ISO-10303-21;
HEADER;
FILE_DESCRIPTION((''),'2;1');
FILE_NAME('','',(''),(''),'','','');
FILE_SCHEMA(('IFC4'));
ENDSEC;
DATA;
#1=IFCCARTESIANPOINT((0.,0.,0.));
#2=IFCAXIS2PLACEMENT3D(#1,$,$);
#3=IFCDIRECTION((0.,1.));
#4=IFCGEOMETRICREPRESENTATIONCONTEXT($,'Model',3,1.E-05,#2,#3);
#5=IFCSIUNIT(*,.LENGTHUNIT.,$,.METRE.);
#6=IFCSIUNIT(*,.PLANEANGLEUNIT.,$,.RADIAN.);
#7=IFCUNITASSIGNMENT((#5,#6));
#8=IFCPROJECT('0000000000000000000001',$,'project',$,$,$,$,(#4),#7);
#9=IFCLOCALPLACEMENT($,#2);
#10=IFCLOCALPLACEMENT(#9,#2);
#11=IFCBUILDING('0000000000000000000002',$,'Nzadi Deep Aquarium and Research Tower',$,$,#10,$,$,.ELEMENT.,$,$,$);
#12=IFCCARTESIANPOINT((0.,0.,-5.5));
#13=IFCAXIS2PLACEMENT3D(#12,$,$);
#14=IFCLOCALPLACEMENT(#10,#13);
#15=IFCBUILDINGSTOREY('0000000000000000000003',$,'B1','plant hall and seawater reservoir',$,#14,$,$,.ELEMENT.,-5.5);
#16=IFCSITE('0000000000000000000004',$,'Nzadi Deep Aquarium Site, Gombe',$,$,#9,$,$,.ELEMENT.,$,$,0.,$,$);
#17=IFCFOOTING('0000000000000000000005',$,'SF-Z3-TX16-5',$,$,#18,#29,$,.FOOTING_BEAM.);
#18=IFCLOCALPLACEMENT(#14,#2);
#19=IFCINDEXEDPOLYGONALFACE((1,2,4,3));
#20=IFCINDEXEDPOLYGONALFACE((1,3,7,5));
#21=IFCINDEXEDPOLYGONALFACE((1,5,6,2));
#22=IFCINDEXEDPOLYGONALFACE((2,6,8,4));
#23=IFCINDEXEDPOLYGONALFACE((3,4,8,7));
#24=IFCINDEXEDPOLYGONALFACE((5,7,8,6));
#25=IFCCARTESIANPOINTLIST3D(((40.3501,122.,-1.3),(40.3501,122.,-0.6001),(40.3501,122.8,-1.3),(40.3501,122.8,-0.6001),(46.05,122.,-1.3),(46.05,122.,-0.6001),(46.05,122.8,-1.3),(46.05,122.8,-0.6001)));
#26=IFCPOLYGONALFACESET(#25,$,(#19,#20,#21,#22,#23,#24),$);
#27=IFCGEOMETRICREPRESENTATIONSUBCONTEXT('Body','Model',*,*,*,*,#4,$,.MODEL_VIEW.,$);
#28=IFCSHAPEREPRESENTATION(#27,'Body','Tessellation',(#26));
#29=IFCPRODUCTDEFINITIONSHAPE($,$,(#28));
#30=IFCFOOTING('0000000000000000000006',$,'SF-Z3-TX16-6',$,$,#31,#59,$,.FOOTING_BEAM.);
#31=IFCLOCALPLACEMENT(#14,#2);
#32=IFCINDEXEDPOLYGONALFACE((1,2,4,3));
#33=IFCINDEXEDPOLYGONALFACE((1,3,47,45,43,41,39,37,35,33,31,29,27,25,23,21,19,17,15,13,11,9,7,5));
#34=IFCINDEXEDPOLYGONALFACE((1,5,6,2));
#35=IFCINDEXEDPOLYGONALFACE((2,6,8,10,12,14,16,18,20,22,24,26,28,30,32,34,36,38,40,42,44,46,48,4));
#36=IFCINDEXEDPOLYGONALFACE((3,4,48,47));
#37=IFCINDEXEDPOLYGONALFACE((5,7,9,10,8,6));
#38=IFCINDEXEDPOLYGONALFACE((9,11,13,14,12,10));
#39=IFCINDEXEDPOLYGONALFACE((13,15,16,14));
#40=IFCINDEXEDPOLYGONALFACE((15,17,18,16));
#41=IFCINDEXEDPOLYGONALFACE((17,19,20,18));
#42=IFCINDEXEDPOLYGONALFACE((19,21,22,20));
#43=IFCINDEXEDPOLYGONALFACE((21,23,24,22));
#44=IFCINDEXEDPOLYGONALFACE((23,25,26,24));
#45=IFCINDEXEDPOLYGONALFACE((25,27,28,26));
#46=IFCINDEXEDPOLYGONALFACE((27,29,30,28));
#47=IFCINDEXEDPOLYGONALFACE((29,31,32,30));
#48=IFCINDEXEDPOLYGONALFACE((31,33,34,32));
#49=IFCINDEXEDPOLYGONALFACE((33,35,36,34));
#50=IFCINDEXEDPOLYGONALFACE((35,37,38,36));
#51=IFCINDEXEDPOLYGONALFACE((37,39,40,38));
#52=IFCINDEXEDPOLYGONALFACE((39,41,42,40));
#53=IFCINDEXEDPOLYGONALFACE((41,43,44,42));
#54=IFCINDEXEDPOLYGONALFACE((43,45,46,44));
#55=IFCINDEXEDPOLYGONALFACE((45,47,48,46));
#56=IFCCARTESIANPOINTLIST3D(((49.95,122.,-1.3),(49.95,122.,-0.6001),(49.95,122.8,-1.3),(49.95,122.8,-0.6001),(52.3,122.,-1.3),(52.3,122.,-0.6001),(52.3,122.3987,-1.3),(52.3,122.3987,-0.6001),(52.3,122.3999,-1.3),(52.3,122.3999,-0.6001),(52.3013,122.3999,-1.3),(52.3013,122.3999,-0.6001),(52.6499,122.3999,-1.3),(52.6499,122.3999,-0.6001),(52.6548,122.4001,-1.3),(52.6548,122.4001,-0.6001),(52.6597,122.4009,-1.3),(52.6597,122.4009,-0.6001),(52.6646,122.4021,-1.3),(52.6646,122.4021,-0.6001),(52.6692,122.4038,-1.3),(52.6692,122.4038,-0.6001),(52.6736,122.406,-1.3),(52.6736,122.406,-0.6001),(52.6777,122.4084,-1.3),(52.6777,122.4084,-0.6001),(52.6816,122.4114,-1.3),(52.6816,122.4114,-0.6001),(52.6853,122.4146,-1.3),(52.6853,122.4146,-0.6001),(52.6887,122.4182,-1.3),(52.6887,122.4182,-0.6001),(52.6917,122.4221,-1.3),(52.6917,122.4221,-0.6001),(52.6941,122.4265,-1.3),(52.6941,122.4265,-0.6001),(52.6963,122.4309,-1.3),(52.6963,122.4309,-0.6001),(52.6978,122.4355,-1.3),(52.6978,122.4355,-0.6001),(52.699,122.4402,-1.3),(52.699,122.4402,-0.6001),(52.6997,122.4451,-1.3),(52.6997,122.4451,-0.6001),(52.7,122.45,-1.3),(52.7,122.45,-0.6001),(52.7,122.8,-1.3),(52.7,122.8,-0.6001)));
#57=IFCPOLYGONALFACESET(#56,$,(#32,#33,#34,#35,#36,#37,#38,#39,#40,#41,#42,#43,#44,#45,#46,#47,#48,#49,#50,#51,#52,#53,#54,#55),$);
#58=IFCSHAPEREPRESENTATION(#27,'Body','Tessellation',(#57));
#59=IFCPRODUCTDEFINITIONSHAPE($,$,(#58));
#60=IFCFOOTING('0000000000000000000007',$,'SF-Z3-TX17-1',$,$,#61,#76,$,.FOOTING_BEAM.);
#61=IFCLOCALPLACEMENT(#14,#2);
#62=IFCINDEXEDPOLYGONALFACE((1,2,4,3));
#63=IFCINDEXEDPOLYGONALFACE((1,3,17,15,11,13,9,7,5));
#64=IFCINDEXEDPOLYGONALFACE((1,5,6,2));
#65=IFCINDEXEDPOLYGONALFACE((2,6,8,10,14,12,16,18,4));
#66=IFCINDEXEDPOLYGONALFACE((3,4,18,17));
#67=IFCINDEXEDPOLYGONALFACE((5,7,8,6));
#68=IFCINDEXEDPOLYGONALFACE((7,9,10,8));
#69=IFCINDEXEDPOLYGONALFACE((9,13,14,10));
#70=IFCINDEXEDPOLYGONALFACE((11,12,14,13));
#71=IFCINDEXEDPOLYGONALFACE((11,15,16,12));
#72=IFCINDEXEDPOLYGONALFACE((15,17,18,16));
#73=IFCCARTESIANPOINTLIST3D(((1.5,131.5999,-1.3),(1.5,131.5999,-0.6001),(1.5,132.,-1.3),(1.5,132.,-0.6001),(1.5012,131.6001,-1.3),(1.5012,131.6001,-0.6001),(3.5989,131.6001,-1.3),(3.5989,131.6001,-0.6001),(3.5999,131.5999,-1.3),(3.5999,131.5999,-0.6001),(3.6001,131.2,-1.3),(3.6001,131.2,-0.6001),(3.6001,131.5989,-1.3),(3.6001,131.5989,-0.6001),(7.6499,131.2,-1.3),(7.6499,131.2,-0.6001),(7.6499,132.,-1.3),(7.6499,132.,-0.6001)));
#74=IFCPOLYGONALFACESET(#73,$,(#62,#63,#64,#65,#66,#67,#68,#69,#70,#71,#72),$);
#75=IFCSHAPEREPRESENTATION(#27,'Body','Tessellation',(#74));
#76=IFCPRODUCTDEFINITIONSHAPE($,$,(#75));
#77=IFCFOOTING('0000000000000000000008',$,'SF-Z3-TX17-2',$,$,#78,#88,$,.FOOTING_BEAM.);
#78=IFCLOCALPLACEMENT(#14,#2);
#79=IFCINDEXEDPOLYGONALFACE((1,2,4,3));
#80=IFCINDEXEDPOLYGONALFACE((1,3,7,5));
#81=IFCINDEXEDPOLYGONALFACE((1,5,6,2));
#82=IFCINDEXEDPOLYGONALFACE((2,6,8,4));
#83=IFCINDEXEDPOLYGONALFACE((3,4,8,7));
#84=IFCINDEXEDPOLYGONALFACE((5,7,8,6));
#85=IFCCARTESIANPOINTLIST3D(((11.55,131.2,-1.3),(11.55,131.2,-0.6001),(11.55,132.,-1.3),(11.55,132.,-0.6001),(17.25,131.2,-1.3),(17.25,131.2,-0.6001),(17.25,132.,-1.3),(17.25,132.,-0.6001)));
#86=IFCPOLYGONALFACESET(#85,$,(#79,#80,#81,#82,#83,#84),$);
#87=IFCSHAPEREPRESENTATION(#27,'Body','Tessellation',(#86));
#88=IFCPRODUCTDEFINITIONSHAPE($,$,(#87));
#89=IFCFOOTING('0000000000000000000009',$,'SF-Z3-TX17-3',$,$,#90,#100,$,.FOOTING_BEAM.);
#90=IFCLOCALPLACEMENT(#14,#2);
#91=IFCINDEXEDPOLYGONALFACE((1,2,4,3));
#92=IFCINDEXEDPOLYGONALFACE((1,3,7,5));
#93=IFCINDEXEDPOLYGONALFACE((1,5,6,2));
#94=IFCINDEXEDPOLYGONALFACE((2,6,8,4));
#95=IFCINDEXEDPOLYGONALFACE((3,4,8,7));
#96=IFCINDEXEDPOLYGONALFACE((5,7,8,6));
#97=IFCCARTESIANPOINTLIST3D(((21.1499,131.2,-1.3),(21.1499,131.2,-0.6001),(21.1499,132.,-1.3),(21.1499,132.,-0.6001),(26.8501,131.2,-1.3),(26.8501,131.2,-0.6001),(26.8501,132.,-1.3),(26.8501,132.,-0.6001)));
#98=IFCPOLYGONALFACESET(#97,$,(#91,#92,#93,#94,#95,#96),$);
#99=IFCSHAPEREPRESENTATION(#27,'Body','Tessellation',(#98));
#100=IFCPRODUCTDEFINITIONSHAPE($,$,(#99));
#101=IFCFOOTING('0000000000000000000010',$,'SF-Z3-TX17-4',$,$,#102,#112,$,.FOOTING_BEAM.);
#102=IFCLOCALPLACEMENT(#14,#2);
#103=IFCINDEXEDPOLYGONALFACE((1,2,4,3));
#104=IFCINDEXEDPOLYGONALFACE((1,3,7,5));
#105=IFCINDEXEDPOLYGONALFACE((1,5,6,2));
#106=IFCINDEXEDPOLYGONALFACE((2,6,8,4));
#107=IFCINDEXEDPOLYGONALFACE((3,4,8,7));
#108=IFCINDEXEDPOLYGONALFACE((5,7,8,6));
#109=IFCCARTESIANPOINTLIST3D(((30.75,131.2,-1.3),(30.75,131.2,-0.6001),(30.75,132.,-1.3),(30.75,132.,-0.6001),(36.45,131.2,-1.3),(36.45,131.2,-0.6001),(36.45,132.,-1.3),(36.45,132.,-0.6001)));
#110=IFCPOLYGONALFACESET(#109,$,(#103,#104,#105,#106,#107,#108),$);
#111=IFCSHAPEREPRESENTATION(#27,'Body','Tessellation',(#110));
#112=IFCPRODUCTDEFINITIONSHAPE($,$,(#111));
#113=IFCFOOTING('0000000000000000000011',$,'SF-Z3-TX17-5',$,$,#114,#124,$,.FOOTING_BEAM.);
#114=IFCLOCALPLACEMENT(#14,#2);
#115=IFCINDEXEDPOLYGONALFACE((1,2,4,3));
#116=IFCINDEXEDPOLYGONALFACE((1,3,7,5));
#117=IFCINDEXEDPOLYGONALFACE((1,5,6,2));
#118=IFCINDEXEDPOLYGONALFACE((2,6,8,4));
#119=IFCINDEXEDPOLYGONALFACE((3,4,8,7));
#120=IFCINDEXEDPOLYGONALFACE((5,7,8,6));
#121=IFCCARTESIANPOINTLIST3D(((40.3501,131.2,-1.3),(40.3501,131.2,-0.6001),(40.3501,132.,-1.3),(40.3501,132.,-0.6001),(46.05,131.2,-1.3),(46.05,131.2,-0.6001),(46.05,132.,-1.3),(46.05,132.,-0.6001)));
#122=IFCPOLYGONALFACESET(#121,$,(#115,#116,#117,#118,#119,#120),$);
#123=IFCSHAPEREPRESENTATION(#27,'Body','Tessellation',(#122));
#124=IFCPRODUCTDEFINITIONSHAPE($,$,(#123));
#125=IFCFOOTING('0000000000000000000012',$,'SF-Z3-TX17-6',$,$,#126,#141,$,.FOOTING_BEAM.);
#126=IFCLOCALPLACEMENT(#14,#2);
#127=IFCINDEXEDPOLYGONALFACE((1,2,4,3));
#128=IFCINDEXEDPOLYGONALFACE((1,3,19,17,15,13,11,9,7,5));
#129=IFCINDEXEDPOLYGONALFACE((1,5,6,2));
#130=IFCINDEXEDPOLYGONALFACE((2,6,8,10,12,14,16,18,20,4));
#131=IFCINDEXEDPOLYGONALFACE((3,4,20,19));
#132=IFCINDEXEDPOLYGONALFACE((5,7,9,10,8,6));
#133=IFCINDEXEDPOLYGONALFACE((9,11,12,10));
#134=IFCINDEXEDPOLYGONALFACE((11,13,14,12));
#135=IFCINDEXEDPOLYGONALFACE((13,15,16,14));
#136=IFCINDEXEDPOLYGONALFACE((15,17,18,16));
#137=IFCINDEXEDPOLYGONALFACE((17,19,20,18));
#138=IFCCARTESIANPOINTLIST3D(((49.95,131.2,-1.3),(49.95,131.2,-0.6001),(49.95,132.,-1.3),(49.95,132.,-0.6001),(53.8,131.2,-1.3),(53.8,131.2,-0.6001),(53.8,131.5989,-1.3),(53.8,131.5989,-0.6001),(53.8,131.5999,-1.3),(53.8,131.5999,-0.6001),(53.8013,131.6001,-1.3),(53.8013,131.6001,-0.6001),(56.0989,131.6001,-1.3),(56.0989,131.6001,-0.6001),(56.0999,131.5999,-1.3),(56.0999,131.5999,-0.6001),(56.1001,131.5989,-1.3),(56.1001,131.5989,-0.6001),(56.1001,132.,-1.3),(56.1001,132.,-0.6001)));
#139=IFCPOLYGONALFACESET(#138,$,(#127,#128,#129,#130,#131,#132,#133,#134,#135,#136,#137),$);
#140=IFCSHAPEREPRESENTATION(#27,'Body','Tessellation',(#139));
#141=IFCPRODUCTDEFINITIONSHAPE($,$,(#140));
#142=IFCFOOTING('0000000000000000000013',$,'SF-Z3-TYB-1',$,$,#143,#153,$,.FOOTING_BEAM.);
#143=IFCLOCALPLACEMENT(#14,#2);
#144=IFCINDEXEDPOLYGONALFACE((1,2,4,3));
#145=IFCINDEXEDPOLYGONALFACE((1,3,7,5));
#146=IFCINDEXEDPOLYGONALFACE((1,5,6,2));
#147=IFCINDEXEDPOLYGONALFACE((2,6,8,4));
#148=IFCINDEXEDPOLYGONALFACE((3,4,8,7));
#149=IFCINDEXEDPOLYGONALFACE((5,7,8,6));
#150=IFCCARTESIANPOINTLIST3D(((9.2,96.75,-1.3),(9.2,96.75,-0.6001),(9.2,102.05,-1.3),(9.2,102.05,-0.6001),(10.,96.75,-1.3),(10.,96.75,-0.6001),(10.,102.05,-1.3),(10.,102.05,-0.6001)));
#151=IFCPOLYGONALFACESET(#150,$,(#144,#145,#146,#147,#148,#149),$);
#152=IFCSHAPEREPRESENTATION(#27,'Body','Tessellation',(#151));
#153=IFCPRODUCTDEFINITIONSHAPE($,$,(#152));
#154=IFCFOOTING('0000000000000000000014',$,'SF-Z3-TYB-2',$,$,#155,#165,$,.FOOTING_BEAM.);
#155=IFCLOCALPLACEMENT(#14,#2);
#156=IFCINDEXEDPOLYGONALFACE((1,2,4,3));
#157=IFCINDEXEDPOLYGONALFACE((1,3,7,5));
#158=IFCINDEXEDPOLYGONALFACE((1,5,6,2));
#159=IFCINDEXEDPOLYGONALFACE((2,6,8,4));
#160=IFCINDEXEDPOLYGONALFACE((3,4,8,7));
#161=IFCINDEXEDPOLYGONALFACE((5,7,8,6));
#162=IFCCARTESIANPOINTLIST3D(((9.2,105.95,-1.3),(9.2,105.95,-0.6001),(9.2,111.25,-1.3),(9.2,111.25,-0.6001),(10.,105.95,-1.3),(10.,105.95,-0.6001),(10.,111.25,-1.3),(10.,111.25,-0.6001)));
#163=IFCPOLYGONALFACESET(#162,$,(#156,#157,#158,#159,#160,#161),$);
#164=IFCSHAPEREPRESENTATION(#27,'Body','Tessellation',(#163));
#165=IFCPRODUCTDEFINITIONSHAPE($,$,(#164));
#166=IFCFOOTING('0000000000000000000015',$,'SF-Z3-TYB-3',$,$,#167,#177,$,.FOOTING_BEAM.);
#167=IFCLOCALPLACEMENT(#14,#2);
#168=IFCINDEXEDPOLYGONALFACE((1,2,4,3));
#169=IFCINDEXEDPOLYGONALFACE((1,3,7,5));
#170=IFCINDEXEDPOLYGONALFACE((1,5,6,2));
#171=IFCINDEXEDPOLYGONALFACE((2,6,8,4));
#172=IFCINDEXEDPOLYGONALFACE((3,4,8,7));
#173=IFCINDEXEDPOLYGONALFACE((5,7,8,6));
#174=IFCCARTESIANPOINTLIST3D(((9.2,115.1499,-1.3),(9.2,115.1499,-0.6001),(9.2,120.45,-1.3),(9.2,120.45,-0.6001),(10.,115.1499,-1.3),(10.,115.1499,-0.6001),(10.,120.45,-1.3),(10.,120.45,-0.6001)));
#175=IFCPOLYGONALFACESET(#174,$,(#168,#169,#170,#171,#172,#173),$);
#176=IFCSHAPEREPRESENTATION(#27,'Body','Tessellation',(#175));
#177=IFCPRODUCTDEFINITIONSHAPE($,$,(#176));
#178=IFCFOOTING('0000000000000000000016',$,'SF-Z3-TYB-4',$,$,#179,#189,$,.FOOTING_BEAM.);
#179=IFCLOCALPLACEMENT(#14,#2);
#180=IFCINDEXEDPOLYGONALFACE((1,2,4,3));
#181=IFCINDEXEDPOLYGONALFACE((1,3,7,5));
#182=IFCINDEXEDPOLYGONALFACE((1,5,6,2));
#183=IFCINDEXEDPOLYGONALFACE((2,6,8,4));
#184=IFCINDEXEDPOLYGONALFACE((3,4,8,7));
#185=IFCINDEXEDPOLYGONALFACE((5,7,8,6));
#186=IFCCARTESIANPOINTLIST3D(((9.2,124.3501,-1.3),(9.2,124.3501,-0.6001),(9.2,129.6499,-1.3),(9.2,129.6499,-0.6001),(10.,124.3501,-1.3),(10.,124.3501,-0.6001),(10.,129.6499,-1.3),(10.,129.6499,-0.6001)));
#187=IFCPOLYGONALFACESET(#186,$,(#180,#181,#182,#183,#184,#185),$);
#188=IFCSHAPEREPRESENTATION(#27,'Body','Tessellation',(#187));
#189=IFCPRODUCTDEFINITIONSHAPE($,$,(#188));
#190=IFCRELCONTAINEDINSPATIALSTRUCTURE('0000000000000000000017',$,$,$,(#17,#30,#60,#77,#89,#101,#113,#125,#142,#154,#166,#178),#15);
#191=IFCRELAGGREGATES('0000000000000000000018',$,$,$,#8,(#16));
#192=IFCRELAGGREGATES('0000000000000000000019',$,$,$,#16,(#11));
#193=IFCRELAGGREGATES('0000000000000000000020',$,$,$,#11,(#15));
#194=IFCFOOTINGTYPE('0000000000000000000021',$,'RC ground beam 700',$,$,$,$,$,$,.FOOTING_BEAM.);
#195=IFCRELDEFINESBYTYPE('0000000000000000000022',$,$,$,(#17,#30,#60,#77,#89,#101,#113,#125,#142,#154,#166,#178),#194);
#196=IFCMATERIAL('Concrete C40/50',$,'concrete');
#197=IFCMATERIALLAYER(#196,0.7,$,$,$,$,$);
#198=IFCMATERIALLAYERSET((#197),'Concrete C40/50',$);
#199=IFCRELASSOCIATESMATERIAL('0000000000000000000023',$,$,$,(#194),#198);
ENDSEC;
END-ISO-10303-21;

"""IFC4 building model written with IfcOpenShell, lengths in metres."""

from ifc_helpers import new_model, si_unit, direction, frame, origin, place, context, subcontext, project, spatial, polyline, outline, extrude, material, layer, layer_set, type_object, element, save


model = new_model("IFC4")

# Units and contexts
model_context = context("Model", 3, precision=1e-05, world=origin(), true_north=direction((0.0, 1.0)))
body_context = subcontext(model_context, "Body", "Model", "MODEL_VIEW")
ifc_project = project(units=[si_unit("LENGTHUNIT", "METRE"), si_unit("PLANEANGLEUNIT", "RADIAN")], contexts=[model_context])

# Site, building, storey
site_placement = place(None, origin())
site = spatial("IfcSite", under=ifc_project, at=site_placement, Name="Nzadi Deep Aquarium Site, Gombe", CompositionType="ELEMENT", RefElevation=0.0)
building_placement = place(site_placement, origin())
building = spatial("IfcBuilding", under=site, at=building_placement, Name="Nzadi Deep Aquarium and Research Tower", CompositionType="ELEMENT")
storey_placement = place(building_placement, frame((0.0, 0.0, -5.5)))
storey = spatial("IfcBuildingStorey", under=building, at=storey_placement, Name="B1", Description="plant hall and seawater reservoir", CompositionType="ELEMENT", Elevation=-5.5)

# Footings
ifc_material = material(Name="Concrete C40/50", Category="concrete")
ifc_layer = layer(ifc_material, 0.7)
ifc_layer_set = layer_set([ifc_layer], Name="Concrete C40/50")
footing_type = type_object("IfcFootingType", Name="RC ground beam 700", PredefinedType="FOOTING_BEAM", material=ifc_layer_set)
footing_1_placement = place(storey_placement, frame((0.0, 0.0, -1.3)))
element("IfcFooting", 1, at=footing_1_placement, inside=storey, type_object=footing_type, Name="SF-Z3-TX16-5", PredefinedType="FOOTING_BEAM", context=body_context, shape_type="SweptSolid", body=[
    extrude(outline(polyline([(46.05, 122.8), (40.3501, 122.8), (40.3501, 122.0), (46.05, 122.0), (46.05, 122.8)])), origin(), (0.0, 0.0, 1.0), 0.7),
])
footing_2_placement = place(storey_placement, frame((0.0, 0.0, -1.3)))
element("IfcFooting", 2, at=footing_2_placement, inside=storey, type_object=footing_type, Name="SF-Z3-TX16-6", PredefinedType="FOOTING_BEAM", context=body_context, shape_type="SweptSolid", body=[
    extrude(outline(polyline([(52.7, 122.8), (49.95, 122.8), (49.95, 122.0), (52.3, 122.0), (52.3, 122.3987), (52.3, 122.3999), (52.3013, 122.3999), (52.6499, 122.3999), (52.6548, 122.4001), (52.6597, 122.4009), (52.6646, 122.4021), (52.6692, 122.4038), (52.6736, 122.406), (52.6777, 122.4084), (52.6816, 122.4114), (52.6853, 122.4146), (52.6887, 122.4182), (52.6917, 122.4221), (52.6941, 122.4265), (52.6963, 122.4309), (52.6978, 122.4355), (52.699, 122.4402), (52.6997, 122.4451), (52.7, 122.45), (52.7, 122.8)])), origin(), (0.0, 0.0, 1.0), 0.7),
])
footing_3_placement = place(storey_placement, frame((0.0, 0.0, -1.3)))
element("IfcFooting", 3, at=footing_3_placement, inside=storey, type_object=footing_type, Name="SF-Z3-TX17-1", PredefinedType="FOOTING_BEAM", context=body_context, shape_type="SweptSolid", body=[
    extrude(outline(polyline([(7.6499, 132.0), (1.5, 132.0), (1.5, 131.5989), (1.5, 131.5999), (1.5012, 131.6001), (3.5989, 131.6001), (3.5999, 131.5999), (3.6001, 131.5989), (3.6001, 131.2), (7.6499, 131.2), (7.6499, 132.0)])), origin(), (0.0, 0.0, 1.0), 0.7),
])
footing_4_placement = place(storey_placement, frame((0.0, 0.0, -1.3)))
element("IfcFooting", 4, at=footing_4_placement, inside=storey, type_object=footing_type, Name="SF-Z3-TX17-2", PredefinedType="FOOTING_BEAM", context=body_context, shape_type="SweptSolid", body=[
    extrude(outline(polyline([(17.25, 132.0), (11.55, 132.0), (11.55, 131.2), (17.25, 131.2), (17.25, 132.0)])), origin(), (0.0, 0.0, 1.0), 0.7),
])
footing_5_placement = place(storey_placement, frame((0.0, 0.0, -1.3)))
element("IfcFooting", 5, at=footing_5_placement, inside=storey, type_object=footing_type, Name="SF-Z3-TX17-3", PredefinedType="FOOTING_BEAM", context=body_context, shape_type="SweptSolid", body=[
    extrude(outline(polyline([(26.8501, 132.0), (21.1499, 132.0), (21.1499, 131.2), (26.8501, 131.2), (26.8501, 132.0)])), origin(), (0.0, 0.0, 1.0), 0.7),
])
footing_6_placement = place(storey_placement, frame((0.0, 0.0, -1.3)))
element("IfcFooting", 6, at=footing_6_placement, inside=storey, type_object=footing_type, Name="SF-Z3-TX17-4", PredefinedType="FOOTING_BEAM", context=body_context, shape_type="SweptSolid", body=[
    extrude(outline(polyline([(36.45, 132.0), (30.75, 132.0), (30.75, 131.2), (36.45, 131.2), (36.45, 132.0)])), origin(), (0.0, 0.0, 1.0), 0.7),
])
footing_7_placement = place(storey_placement, frame((0.0, 0.0, -1.3)))
element("IfcFooting", 7, at=footing_7_placement, inside=storey, type_object=footing_type, Name="SF-Z3-TX17-5", PredefinedType="FOOTING_BEAM", context=body_context, shape_type="SweptSolid", body=[
    extrude(outline(polyline([(46.05, 132.0), (40.3501, 132.0), (40.3501, 131.2), (46.05, 131.2), (46.05, 132.0)])), origin(), (0.0, 0.0, 1.0), 0.7),
])
footing_8_placement = place(storey_placement, frame((0.0, 0.0, -1.3)))
element("IfcFooting", 8, at=footing_8_placement, inside=storey, type_object=footing_type, Name="SF-Z3-TX17-6", PredefinedType="FOOTING_BEAM", context=body_context, shape_type="SweptSolid", body=[
    extrude(outline(polyline([(56.1001, 131.5989), (56.1001, 132.0), (49.95, 132.0), (49.95, 131.2), (53.8, 131.2), (53.8, 131.5989), (53.8, 131.5999), (53.8013, 131.6001), (56.0989, 131.6001), (56.0999, 131.5999), (56.1001, 131.5989)])), origin(), (0.0, 0.0, 1.0), 0.7),
])
footing_9_placement = place(storey_placement, frame((0.0, 0.0, -1.3)))
element("IfcFooting", 9, at=footing_9_placement, inside=storey, type_object=footing_type, Name="SF-Z3-TYB-1", PredefinedType="FOOTING_BEAM", context=body_context, shape_type="SweptSolid", body=[
    extrude(outline(polyline([(10.0, 96.75), (10.0, 102.05), (9.2, 102.05), (9.2, 96.75), (10.0, 96.75)])), origin(), (0.0, 0.0, 1.0), 0.7),
])
footing_10_placement = place(storey_placement, frame((0.0, 0.0, -1.3)))
element("IfcFooting", 10, at=footing_10_placement, inside=storey, type_object=footing_type, Name="SF-Z3-TYB-2", PredefinedType="FOOTING_BEAM", context=body_context, shape_type="SweptSolid", body=[
    extrude(outline(polyline([(10.0, 105.95), (10.0, 111.25), (9.2, 111.25), (9.2, 105.95), (10.0, 105.95)])), origin(), (0.0, 0.0, 1.0), 0.7),
])
footing_11_placement = place(storey_placement, frame((0.0, 0.0, -1.3)))
element("IfcFooting", 11, at=footing_11_placement, inside=storey, type_object=footing_type, Name="SF-Z3-TYB-3", PredefinedType="FOOTING_BEAM", context=body_context, shape_type="SweptSolid", body=[
    extrude(outline(polyline([(10.0, 115.1499), (10.0, 120.45), (9.2, 120.45), (9.2, 115.1499), (10.0, 115.1499)])), origin(), (0.0, 0.0, 1.0), 0.7),
])
footing_12_placement = place(storey_placement, frame((0.0, 0.0, -1.3)))
element("IfcFooting", 12, at=footing_12_placement, inside=storey, type_object=footing_type, Name="SF-Z3-TYB-4", PredefinedType="FOOTING_BEAM", context=body_context, shape_type="SweptSolid", body=[
    extrude(outline(polyline([(10.0, 124.3501), (10.0, 129.6499), (9.2, 129.6499), (9.2, 124.3501), (10.0, 124.3501)])), origin(), (0.0, 0.0, 1.0), 0.7),
])

save(model, "model.ifc")
